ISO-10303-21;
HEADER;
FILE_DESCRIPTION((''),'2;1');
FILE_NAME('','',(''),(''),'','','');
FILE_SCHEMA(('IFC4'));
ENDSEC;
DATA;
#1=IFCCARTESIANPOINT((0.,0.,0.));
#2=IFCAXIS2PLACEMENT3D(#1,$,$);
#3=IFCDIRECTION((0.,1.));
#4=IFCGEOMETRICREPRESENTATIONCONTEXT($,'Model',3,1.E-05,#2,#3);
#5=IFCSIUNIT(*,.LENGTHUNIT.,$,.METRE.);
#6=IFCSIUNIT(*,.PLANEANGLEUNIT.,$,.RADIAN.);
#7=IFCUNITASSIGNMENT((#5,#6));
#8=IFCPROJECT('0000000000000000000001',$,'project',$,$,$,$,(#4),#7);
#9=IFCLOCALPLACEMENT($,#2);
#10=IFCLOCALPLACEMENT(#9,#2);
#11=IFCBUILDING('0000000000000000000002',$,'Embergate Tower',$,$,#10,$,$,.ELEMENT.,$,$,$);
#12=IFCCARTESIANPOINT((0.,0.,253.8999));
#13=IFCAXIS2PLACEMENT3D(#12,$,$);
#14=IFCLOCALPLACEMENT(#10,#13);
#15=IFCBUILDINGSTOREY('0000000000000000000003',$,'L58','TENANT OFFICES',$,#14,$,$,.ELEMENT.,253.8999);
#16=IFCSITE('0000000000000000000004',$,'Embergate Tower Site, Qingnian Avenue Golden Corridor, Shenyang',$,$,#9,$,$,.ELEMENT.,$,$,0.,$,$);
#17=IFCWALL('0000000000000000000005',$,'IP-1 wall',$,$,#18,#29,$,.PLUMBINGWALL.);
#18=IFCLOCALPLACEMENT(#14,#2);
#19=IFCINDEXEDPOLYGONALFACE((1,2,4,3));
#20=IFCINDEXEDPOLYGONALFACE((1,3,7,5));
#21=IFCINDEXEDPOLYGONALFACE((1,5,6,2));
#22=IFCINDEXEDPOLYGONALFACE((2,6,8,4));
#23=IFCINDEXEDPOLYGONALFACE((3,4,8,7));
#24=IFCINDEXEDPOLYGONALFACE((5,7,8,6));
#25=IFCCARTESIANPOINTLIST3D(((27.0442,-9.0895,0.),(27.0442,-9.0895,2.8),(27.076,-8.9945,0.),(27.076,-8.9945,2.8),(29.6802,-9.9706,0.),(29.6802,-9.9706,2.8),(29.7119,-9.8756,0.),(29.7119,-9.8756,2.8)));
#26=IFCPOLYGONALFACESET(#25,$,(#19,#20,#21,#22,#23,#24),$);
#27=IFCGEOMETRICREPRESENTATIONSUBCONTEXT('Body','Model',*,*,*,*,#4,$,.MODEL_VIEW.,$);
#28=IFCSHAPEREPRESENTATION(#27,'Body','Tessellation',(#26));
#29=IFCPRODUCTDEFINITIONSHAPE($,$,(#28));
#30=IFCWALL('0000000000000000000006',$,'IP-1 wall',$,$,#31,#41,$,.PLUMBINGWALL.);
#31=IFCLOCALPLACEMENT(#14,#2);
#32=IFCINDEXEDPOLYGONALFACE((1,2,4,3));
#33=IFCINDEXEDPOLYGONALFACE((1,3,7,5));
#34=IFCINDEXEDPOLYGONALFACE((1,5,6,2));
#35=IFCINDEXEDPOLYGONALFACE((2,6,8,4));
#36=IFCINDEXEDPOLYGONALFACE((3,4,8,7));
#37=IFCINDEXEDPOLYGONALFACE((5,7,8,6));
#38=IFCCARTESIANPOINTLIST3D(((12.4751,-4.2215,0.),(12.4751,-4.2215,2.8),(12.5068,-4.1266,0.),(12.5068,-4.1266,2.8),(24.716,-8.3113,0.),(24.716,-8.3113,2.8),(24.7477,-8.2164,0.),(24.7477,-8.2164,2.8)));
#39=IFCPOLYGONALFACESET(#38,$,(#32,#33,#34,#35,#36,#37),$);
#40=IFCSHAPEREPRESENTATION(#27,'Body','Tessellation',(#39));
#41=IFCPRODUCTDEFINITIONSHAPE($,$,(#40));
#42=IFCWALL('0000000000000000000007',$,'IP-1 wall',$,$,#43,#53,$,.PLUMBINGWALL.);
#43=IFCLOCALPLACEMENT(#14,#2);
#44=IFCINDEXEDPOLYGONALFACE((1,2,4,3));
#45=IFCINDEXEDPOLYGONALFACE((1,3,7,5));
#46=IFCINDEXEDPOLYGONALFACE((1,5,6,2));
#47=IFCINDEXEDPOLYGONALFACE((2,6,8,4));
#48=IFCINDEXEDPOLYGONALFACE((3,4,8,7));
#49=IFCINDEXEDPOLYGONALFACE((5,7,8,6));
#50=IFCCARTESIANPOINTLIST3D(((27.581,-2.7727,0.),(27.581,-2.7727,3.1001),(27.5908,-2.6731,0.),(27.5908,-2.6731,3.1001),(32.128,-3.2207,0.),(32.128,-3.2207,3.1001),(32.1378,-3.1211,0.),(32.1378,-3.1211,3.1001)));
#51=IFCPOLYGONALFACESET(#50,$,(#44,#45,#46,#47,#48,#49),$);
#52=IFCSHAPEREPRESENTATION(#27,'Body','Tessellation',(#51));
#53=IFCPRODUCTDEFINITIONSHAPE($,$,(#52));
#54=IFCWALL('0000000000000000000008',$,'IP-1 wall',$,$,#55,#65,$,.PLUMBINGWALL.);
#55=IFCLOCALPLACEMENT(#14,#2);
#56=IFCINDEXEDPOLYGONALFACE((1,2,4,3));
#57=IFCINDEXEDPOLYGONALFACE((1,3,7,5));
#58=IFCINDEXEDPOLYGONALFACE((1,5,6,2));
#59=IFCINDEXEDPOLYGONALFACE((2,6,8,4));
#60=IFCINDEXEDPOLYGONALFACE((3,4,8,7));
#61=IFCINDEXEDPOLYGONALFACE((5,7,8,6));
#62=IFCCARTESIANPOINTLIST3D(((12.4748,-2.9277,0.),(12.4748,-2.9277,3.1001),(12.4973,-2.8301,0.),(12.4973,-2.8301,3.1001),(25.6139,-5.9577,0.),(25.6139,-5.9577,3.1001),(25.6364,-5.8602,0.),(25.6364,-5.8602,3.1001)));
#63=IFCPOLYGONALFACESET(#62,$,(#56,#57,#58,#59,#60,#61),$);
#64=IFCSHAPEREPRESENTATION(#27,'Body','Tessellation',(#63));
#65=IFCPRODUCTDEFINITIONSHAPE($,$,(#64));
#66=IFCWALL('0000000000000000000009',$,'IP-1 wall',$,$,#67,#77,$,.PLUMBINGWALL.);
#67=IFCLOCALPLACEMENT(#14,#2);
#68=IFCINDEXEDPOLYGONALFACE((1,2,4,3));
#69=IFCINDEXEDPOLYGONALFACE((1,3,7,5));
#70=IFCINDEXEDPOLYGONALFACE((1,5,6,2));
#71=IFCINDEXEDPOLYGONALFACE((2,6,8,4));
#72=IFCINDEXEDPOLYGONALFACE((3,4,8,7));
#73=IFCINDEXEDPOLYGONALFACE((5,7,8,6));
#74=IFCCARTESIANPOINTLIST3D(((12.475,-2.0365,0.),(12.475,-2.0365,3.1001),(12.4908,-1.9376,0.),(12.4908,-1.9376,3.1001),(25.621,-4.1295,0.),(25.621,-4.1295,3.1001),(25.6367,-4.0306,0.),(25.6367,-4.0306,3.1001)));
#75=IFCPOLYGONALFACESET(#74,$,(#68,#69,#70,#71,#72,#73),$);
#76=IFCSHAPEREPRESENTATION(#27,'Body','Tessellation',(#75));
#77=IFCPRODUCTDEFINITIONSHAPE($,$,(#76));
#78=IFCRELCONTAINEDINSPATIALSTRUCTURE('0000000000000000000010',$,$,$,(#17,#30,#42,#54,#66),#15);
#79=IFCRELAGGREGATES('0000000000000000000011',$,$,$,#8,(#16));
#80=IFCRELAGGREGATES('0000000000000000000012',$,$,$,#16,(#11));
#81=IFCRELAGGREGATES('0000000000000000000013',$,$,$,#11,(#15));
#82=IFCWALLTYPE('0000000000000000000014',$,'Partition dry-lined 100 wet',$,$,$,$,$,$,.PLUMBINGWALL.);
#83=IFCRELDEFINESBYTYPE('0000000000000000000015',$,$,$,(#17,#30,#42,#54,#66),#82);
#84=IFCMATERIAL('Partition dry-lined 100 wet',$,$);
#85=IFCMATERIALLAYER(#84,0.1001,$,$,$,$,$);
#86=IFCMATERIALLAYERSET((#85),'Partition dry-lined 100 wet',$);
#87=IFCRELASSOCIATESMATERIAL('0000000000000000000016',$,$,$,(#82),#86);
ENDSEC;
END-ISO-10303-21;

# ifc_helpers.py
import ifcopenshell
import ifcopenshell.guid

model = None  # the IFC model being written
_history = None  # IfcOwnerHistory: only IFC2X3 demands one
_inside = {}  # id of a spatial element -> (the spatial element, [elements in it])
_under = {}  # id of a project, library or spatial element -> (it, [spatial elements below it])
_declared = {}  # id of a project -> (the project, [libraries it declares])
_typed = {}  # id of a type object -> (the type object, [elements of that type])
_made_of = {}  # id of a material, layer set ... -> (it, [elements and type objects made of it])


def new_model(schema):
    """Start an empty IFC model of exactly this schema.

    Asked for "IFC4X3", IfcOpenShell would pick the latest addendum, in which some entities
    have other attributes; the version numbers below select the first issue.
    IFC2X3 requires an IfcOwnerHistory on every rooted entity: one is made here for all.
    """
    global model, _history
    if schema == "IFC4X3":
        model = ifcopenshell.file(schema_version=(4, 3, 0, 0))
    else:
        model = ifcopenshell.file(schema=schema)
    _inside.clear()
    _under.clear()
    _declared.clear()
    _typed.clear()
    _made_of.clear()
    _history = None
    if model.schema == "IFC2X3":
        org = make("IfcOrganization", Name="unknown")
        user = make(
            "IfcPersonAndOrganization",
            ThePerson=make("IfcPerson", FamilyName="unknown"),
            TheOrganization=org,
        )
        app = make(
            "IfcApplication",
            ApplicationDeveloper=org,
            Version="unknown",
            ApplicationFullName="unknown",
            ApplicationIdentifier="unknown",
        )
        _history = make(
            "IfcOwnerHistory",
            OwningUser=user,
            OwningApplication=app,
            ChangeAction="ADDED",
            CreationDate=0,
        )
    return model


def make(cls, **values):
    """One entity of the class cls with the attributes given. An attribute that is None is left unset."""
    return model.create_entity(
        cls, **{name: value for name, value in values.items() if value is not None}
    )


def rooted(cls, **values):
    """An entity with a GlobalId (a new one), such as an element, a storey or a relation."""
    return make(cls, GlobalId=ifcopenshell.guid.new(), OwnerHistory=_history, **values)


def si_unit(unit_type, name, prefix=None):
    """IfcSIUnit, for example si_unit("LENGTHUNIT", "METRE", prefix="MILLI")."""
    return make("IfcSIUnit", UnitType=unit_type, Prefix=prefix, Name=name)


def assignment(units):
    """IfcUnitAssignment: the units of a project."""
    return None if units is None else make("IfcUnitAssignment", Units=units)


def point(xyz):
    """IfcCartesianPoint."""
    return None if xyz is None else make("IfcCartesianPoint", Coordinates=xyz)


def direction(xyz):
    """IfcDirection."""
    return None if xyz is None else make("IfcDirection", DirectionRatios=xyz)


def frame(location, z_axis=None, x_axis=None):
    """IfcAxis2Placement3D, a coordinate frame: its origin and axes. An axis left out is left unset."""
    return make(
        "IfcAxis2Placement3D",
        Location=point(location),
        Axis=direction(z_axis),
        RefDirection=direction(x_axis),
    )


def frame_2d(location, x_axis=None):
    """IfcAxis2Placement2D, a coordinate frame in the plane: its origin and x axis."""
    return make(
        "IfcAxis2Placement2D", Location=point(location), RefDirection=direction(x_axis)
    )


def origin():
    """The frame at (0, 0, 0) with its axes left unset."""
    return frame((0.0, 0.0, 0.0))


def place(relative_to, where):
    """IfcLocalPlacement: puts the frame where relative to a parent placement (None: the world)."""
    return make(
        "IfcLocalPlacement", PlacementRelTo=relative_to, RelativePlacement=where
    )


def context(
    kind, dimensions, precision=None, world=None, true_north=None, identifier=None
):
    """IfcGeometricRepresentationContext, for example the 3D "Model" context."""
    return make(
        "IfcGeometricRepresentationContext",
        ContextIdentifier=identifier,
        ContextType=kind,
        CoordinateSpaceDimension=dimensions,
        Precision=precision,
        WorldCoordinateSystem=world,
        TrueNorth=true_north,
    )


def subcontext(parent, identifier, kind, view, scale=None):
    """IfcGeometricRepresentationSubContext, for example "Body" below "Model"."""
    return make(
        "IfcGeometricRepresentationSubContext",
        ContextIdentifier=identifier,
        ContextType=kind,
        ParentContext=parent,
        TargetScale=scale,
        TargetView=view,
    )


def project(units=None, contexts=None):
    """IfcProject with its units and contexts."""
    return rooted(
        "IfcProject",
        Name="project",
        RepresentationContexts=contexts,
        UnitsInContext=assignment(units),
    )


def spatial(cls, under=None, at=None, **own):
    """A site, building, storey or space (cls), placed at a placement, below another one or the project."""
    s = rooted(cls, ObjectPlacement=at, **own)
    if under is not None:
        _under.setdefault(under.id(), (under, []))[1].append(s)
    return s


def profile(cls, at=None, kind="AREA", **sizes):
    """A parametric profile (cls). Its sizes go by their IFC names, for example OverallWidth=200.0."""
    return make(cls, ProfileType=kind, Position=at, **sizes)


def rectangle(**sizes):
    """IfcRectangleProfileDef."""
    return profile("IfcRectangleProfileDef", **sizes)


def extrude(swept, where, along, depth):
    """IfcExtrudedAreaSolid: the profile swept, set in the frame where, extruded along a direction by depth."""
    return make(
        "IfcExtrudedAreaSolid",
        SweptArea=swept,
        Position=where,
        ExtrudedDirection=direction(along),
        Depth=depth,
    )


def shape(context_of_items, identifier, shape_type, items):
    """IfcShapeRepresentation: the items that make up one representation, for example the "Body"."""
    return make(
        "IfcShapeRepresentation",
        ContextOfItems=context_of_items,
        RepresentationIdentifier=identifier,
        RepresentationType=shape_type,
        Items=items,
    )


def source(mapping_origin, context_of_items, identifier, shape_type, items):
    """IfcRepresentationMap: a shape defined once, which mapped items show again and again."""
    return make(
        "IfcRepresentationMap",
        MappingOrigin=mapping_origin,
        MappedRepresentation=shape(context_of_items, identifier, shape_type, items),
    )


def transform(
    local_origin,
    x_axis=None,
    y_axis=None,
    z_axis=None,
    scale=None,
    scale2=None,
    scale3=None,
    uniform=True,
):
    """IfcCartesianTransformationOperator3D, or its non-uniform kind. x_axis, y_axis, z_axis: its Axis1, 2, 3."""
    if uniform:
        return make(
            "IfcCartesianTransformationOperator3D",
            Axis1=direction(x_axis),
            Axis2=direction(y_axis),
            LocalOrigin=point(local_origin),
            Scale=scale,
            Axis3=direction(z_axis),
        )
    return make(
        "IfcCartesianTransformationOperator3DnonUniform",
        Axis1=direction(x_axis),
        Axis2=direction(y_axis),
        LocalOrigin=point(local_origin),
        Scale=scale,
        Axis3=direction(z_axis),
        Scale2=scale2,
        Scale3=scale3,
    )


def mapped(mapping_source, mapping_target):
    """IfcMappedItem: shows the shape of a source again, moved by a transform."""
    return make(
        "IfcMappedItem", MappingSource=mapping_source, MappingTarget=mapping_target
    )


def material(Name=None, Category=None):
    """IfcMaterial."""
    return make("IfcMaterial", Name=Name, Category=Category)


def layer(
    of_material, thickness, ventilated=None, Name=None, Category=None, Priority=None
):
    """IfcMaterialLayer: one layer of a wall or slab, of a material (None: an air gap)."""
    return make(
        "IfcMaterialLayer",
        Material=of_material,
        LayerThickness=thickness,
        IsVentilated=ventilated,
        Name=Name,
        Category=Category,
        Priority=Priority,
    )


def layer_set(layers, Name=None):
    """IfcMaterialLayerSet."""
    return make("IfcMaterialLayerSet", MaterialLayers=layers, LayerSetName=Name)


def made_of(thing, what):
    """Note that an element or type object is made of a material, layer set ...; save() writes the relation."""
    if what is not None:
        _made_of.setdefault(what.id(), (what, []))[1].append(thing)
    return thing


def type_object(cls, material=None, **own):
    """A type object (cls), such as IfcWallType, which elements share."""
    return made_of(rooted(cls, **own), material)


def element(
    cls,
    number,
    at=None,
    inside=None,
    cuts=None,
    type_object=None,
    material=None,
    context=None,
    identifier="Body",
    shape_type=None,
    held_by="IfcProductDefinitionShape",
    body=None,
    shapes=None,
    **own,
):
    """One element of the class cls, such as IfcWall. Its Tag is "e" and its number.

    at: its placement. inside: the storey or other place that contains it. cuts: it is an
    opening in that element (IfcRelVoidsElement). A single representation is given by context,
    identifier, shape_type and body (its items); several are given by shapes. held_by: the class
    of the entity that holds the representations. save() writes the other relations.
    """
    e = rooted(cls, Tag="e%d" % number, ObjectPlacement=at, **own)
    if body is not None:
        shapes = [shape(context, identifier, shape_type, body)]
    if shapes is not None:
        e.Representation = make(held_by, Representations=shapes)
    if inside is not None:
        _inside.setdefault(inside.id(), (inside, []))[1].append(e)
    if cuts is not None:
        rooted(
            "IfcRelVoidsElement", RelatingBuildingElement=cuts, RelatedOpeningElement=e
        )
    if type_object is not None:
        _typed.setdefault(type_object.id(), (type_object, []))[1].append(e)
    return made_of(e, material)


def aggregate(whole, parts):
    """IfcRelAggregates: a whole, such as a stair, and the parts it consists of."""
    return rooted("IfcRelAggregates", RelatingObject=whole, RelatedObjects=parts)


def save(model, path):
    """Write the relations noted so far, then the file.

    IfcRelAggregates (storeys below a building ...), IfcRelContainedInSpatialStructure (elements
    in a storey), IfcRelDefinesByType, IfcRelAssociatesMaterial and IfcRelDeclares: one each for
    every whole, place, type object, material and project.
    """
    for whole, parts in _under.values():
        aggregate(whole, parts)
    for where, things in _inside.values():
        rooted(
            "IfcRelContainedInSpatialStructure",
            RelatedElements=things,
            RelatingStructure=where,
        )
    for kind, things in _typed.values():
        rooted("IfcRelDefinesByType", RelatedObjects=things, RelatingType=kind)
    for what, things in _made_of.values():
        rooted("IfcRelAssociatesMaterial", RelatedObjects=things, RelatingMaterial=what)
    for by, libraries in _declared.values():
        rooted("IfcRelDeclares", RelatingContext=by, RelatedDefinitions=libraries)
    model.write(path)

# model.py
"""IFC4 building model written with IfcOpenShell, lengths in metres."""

from ifc_helpers import new_model, si_unit, direction, frame, frame_2d, origin, place, context, subcontext, project, spatial, rectangle, extrude, source, transform, mapped, material, layer, layer_set, type_object, element, save


model = new_model("IFC4")

# Units and contexts
model_context = context("Model", 3, precision=1e-05, world=origin(), true_north=direction((0.0, 1.0)))
body_context = subcontext(model_context, "Body", "Model", "MODEL_VIEW")
ifc_project = project(units=[si_unit("LENGTHUNIT", "METRE"), si_unit("PLANEANGLEUNIT", "RADIAN")], contexts=[model_context])

# Site, building, storey
site_placement = place(None, origin())
site = spatial("IfcSite", under=ifc_project, at=site_placement, Name="Embergate Tower Site, Qingnian Avenue Golden Corridor, Shenyang", CompositionType="ELEMENT", RefElevation=0.0)
building_placement = place(site_placement, origin())
building = spatial("IfcBuilding", under=site, at=building_placement, Name="Embergate Tower", CompositionType="ELEMENT")
storey_placement = place(building_placement, frame((0.0, 0.0, 253.8999)))
storey = spatial("IfcBuildingStorey", under=building, at=storey_placement, Name="L58", Description="TENANT OFFICES", CompositionType="ELEMENT", Elevation=253.8999)

# Walls
ifc_material_1 = material(Name="Partition dry-lined 100 wet")
ifc_layer_1 = layer(ifc_material_1, 0.1001)
ifc_layer_set_1 = layer_set([ifc_layer_1], Name="Partition dry-lined 100 wet")
wall_type_1 = type_object("IfcWallType", Name="Partition dry-lined 100 wet", PredefinedType="PLUMBINGWALL", material=ifc_layer_set_1)
shared_shape_1 = source(origin(), body_context, "Body", "SweptSolid", [
    extrude(rectangle(XDim=2.7793, YDim=0.1001, at=frame_2d((1.3896, 0.0))), origin(), (0.0, 0.0, 1.0), 2.8),
])
wall_1_placement = place(storey_placement, frame((29.696, -9.9231, 0.0), z_axis=(0.0, 0.0, 1.0), x_axis=(-0.948419, 0.317018, 0.0)))
element("IfcWall", 1, at=wall_1_placement, inside=storey, type_object=wall_type_1, Name="IP-1 wall", PredefinedType="PLUMBINGWALL", context=body_context, shape_type="MappedRepresentation", body=[
    mapped(shared_shape_1, transform((0.0, 0.0, 0.0))),
])
shared_shape_2 = source(origin(), body_context, "Body", "SweptSolid", [
    extrude(rectangle(XDim=12.906, YDim=0.1001, at=frame_2d((6.4531, 0.0))), origin(), (0.0, 0.0, 1.0), 2.8),
])
wall_2_placement = place(storey_placement, frame((24.7319, -8.2639, 0.0), z_axis=(0.0, 0.0, 1.0), x_axis=(-0.948462, 0.316892, 0.0)))
element("IfcWall", 2, at=wall_2_placement, inside=storey, type_object=wall_type_1, Name="IP-1 wall", PredefinedType="PLUMBINGWALL", context=body_context, shape_type="MappedRepresentation", body=[
    mapped(shared_shape_2, transform((0.0, 0.0, 0.0))),
])
shared_shape_3 = source(origin(), body_context, "Body", "SweptSolid", [
    extrude(rectangle(XDim=4.5691, YDim=0.1001, at=frame_2d((2.2847, 0.0))), origin(), (0.0, 0.0, 1.0), 3.1001),
])
wall_3_placement = place(storey_placement, frame((32.1331, -3.1709, 0.0), z_axis=(0.0, 0.0, 1.0), x_axis=(-0.995182, 0.098049, 0.0)))
element("IfcWall", 3, at=wall_3_placement, inside=storey, type_object=wall_type_1, Name="IP-1 wall", PredefinedType="PLUMBINGWALL", context=body_context, shape_type="MappedRepresentation", body=[
    mapped(shared_shape_3, transform((0.0, 0.0, 0.0))),
])
shared_shape_4 = source(origin(), body_context, "Body", "SweptSolid", [
    extrude(rectangle(XDim=13.4839, YDim=0.1001, at=frame_2d((6.7419, 0.0))), origin(), (0.0, 0.0, 1.0), 3.1001),
])
wall_4_placement = place(storey_placement, frame((12.4861, -2.8789, 0.0), z_axis=(0.0, 0.0, 1.0), x_axis=(0.974424, -0.224717, 0.0)))
element("IfcWall", 4, at=wall_4_placement, inside=storey, type_object=wall_type_1, Name="IP-1 wall", PredefinedType="PLUMBINGWALL", context=body_context, shape_type="MappedRepresentation", body=[
    mapped(shared_shape_4, transform((0.0, 0.0, 0.0))),
])
shared_shape_5 = source(origin(), body_context, "Body", "SweptSolid", [
    extrude(rectangle(XDim=13.3115, YDim=0.1001, at=frame_2d((6.6558, 0.0))), origin(), (0.0, 0.0, 1.0), 3.1001),
])
wall_5_placement = place(storey_placement, frame((12.4829, -1.9871, 0.0), z_axis=(0.0, 0.0, 1.0), x_axis=(0.987562, -0.157233, 0.0)))
element("IfcWall", 5, at=wall_5_placement, inside=storey, type_object=wall_type_1, Name="IP-1 wall", PredefinedType="PLUMBINGWALL", context=body_context, shape_type="MappedRepresentation", body=[
    mapped(shared_shape_5, transform((0.0, 0.0, 0.0))),
])

save(model, "model.ifc")
